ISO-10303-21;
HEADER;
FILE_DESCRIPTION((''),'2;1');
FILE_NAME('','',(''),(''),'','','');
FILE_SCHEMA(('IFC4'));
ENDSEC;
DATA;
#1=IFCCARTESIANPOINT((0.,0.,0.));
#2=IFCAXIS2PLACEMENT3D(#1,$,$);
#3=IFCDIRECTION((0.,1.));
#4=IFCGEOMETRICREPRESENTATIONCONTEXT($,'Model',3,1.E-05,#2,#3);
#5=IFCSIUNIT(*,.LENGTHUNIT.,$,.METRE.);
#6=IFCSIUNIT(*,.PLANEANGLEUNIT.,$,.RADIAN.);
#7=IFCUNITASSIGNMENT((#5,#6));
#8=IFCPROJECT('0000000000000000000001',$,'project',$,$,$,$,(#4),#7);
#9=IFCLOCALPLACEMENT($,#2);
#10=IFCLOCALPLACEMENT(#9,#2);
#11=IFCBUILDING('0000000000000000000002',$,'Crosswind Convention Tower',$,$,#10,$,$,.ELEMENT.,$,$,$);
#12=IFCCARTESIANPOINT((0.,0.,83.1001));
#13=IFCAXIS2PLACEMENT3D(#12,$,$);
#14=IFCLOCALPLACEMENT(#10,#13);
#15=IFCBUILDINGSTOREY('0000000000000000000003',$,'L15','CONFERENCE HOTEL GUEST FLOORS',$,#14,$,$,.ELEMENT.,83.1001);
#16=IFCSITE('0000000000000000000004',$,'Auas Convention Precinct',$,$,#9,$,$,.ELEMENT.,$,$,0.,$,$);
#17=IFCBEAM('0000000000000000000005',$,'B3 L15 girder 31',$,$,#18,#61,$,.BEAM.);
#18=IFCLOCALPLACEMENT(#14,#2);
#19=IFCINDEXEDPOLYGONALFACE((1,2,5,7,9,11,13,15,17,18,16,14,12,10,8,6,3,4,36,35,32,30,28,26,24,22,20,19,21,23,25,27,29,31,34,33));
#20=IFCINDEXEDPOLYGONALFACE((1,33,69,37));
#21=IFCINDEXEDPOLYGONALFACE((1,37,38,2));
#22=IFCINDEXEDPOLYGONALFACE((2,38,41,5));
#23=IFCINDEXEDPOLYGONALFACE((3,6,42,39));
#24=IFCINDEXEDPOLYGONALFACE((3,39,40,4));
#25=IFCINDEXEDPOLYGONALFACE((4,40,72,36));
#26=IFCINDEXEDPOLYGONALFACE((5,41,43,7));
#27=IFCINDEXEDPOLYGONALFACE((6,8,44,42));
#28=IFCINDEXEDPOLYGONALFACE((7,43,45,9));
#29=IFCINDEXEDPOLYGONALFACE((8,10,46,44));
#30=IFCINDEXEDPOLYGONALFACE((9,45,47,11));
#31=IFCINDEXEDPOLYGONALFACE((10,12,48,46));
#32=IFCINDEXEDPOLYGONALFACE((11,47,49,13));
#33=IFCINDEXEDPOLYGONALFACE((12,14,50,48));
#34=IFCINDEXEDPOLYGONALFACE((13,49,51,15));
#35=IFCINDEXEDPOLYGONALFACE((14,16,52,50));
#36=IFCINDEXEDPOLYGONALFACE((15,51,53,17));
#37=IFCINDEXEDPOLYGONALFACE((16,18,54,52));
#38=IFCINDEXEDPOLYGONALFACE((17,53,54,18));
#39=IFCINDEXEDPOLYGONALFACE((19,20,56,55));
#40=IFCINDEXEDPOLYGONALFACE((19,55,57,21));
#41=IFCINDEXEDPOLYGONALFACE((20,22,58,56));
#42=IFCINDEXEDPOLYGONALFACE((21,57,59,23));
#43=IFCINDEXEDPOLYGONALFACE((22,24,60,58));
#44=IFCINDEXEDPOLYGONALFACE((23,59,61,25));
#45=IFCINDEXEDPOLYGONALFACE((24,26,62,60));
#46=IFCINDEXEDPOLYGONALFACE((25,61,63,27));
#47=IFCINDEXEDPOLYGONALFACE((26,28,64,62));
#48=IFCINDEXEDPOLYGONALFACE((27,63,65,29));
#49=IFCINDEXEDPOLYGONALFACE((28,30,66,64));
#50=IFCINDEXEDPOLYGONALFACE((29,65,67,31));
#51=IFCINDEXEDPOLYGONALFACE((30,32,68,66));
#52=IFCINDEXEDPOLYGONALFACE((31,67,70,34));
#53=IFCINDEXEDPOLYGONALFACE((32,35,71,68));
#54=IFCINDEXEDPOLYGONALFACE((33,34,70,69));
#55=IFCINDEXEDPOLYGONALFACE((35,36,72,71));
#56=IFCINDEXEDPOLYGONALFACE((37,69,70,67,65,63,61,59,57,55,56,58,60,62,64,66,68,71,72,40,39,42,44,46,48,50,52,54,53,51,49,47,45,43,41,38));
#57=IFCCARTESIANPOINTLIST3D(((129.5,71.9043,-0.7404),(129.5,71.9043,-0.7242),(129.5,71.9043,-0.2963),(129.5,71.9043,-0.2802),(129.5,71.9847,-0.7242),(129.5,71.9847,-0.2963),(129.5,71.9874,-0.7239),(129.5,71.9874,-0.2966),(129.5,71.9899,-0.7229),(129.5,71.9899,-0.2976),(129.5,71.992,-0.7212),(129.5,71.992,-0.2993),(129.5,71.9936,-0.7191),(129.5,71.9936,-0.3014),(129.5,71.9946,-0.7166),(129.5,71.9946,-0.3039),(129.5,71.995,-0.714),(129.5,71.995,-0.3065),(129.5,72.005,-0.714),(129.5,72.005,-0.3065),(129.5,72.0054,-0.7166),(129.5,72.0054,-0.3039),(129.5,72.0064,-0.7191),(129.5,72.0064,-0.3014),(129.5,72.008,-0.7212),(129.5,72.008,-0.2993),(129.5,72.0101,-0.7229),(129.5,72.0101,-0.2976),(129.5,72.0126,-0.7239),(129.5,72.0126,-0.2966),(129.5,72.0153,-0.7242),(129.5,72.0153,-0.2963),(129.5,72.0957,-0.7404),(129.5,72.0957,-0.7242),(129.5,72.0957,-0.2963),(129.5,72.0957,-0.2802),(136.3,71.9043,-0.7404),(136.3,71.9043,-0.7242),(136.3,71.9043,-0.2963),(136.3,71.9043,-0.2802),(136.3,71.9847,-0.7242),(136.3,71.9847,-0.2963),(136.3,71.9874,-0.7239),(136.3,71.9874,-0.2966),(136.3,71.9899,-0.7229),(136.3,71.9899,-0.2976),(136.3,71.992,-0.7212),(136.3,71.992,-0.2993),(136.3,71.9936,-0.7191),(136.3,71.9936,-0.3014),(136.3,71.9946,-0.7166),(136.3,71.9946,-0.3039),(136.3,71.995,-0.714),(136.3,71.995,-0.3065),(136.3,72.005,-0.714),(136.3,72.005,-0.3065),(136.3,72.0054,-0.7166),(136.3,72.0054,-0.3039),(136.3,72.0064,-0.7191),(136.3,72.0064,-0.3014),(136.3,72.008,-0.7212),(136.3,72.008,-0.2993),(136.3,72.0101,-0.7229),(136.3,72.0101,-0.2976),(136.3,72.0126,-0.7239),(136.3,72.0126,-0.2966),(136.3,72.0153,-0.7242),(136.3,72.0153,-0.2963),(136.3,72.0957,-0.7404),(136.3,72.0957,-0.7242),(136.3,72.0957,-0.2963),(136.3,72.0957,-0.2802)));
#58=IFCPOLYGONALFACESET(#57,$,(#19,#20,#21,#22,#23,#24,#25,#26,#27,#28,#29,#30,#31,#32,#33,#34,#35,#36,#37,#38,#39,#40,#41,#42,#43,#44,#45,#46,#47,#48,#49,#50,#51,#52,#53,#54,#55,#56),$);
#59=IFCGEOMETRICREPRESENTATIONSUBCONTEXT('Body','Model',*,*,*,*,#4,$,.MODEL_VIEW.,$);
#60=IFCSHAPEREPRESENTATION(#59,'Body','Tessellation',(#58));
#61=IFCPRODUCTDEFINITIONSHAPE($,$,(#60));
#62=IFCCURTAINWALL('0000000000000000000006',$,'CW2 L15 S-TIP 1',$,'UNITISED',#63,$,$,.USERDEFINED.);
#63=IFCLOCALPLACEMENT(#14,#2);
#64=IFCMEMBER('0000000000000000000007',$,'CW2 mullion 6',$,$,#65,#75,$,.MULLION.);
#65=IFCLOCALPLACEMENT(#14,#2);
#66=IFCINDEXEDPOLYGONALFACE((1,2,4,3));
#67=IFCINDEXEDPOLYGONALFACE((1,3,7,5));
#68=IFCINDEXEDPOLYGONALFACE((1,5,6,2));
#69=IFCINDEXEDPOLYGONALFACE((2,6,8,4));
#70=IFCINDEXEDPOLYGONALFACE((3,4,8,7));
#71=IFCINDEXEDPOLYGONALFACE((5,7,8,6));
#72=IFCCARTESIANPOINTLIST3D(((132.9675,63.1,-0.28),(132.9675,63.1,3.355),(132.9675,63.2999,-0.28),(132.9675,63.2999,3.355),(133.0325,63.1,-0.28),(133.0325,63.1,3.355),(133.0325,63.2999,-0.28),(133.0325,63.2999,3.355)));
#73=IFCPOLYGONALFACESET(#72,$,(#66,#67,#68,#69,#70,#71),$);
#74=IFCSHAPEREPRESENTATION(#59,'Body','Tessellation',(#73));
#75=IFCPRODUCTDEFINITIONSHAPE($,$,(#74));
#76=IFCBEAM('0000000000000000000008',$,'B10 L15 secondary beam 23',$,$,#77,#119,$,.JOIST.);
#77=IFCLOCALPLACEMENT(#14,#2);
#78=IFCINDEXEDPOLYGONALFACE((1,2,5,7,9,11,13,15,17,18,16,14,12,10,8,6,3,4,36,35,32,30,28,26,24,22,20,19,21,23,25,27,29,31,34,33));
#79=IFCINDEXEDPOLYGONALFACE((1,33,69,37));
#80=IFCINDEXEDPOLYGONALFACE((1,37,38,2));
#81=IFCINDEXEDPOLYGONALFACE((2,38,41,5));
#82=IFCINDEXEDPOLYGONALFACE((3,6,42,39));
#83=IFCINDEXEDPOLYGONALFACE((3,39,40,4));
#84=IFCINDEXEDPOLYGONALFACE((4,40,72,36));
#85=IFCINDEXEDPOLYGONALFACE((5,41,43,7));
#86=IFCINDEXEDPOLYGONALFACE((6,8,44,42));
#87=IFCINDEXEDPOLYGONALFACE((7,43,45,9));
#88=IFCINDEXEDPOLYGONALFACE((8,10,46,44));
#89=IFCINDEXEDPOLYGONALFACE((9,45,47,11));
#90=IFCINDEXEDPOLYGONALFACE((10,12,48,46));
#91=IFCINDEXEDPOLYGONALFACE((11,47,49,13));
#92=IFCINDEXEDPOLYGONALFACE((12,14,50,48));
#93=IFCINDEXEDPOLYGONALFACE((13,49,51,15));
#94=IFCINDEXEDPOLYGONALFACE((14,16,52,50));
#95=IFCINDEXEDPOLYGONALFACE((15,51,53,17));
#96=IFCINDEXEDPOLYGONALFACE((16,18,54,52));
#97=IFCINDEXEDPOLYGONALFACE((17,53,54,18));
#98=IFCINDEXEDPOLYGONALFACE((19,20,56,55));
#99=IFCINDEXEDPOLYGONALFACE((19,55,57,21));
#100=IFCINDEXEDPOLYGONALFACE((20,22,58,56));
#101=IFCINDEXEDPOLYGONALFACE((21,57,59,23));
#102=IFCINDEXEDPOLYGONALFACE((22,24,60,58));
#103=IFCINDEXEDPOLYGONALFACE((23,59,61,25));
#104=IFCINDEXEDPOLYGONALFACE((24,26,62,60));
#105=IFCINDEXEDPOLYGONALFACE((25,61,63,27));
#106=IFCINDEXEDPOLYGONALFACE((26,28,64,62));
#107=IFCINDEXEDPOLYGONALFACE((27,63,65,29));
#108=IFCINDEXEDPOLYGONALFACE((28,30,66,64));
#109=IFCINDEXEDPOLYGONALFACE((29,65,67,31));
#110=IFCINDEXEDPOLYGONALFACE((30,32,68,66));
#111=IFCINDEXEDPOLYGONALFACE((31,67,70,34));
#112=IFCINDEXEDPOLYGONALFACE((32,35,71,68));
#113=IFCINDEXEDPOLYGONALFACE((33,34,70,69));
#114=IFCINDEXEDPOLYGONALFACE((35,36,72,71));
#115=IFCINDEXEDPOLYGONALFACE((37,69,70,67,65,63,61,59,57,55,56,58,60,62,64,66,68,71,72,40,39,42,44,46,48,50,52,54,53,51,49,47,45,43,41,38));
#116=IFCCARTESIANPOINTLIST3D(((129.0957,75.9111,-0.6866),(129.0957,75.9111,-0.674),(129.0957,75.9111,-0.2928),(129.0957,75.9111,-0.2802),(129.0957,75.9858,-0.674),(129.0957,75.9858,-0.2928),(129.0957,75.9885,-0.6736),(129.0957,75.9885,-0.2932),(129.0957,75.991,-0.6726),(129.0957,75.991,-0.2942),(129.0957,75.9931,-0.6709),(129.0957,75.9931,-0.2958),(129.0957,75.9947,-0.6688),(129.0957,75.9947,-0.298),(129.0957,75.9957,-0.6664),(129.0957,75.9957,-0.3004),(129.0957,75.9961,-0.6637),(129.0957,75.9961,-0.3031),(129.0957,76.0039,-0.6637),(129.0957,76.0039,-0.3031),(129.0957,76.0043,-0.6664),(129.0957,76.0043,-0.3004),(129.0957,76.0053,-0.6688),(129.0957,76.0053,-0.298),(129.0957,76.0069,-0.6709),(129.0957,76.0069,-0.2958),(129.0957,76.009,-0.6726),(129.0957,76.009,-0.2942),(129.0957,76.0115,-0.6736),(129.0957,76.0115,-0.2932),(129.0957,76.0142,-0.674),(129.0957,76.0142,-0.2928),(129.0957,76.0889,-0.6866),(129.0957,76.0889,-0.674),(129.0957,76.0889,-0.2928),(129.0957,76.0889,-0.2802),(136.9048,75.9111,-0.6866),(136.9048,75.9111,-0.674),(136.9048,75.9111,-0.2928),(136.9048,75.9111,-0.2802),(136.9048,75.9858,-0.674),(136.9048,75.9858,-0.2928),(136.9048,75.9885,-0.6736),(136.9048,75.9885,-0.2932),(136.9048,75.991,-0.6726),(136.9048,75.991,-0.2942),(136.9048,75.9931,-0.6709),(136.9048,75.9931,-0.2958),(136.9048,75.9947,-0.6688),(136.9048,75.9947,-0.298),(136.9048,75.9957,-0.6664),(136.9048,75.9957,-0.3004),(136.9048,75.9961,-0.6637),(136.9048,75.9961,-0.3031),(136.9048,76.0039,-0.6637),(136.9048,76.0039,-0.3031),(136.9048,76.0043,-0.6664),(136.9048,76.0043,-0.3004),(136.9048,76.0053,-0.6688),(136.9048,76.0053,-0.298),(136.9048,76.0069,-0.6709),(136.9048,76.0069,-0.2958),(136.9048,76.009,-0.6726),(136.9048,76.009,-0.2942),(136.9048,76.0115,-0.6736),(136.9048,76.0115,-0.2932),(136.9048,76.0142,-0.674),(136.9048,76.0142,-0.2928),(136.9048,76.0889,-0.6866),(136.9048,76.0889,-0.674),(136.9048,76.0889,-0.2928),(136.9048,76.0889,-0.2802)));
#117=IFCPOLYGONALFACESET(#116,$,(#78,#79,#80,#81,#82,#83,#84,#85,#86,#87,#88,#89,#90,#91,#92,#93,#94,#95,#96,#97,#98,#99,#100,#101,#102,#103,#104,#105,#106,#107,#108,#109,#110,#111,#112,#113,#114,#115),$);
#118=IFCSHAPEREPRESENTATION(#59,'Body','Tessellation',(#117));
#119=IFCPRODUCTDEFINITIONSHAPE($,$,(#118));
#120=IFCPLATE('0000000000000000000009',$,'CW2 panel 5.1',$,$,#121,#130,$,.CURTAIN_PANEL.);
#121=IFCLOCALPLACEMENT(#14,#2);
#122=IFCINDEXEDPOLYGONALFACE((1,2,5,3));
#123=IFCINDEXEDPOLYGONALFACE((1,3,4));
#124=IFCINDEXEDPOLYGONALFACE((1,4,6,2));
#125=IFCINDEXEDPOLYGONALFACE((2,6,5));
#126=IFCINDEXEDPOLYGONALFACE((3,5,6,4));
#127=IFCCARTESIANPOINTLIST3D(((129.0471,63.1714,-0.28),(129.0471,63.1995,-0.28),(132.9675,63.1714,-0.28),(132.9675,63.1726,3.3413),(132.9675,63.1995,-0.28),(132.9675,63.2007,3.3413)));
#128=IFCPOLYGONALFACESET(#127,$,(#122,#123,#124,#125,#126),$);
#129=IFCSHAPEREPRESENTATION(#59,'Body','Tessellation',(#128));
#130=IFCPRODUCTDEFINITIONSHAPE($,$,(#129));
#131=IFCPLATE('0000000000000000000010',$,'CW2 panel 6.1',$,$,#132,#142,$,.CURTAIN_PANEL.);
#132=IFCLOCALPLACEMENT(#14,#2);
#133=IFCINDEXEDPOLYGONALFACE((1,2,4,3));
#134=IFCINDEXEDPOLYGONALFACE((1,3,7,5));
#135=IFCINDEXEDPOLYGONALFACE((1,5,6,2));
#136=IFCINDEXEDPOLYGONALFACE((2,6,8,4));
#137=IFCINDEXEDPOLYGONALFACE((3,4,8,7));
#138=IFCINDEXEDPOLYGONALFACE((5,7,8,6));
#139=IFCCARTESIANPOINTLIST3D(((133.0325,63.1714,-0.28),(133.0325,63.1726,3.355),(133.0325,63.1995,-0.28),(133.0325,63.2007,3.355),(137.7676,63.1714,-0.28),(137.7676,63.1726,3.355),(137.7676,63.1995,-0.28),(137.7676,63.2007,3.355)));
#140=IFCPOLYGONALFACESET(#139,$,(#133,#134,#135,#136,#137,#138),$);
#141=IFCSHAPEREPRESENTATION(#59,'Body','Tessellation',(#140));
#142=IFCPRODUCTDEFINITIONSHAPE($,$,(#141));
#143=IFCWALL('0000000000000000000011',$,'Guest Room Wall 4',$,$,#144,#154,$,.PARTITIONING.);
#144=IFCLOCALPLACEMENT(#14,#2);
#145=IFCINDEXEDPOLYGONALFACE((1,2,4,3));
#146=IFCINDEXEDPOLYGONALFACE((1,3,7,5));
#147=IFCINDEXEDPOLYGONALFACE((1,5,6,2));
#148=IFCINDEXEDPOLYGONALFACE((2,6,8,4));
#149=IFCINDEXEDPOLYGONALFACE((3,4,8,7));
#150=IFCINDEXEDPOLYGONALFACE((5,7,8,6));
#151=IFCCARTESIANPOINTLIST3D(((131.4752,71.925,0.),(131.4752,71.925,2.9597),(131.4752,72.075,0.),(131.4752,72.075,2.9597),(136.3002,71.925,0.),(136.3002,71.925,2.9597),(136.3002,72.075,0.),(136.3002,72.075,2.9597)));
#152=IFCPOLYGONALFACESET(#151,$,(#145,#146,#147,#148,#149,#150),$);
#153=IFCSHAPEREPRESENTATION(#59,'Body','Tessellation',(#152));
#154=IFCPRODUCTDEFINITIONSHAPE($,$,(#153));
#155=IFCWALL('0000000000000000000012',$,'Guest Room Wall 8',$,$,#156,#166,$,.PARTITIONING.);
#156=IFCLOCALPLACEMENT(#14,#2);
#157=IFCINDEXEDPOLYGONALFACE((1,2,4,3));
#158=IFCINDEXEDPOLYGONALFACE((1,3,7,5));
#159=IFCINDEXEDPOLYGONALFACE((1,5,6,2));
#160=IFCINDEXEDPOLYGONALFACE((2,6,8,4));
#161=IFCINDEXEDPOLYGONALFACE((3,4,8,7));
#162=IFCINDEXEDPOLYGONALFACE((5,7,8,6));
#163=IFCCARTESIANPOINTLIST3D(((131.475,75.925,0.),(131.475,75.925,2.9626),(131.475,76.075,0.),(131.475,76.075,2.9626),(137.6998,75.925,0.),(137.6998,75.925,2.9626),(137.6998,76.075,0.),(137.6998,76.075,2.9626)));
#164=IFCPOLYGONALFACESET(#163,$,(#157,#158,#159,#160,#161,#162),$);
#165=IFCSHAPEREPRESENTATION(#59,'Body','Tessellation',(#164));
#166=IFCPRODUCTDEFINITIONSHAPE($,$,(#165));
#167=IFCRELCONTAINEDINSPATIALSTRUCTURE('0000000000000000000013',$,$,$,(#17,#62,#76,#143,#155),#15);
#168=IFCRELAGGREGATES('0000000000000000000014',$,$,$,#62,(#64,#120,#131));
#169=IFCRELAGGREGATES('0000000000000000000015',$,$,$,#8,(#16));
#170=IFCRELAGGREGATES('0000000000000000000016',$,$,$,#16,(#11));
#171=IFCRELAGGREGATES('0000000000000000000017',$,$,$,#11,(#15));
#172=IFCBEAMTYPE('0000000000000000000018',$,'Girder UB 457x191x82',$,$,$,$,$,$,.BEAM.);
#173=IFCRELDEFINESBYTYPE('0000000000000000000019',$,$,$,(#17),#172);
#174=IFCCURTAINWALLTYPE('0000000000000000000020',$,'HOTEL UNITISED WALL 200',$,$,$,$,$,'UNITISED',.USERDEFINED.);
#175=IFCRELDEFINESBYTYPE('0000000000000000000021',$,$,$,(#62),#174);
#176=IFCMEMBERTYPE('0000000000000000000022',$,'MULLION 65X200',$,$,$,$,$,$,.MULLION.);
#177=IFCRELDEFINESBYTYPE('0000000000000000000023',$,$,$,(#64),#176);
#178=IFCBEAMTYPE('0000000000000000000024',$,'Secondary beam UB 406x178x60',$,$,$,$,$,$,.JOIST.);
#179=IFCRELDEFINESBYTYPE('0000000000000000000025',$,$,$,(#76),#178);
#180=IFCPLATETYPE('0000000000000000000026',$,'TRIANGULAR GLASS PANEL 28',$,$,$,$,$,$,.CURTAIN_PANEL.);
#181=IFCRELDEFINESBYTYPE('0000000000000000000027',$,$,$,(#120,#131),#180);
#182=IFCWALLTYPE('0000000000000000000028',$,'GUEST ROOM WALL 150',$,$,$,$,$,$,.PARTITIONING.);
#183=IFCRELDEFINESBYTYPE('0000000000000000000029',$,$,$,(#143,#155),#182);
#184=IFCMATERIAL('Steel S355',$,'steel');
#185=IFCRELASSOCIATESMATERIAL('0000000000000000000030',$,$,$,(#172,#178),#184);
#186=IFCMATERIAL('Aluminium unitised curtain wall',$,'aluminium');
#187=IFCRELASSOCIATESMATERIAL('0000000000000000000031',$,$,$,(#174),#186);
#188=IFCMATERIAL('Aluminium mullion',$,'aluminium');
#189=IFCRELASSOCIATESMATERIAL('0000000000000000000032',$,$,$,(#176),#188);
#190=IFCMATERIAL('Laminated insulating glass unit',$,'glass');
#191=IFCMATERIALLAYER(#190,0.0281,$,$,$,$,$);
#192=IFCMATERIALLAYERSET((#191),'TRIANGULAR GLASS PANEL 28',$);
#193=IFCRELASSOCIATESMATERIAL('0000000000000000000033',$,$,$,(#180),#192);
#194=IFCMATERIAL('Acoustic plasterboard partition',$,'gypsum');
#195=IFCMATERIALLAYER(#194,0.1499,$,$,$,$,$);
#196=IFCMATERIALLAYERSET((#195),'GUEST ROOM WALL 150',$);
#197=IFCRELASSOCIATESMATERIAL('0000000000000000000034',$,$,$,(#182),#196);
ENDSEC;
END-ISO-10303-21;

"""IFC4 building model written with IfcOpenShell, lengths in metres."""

from ifc_helpers import new_model, si_unit, direction, frame, frame_2d, origin, origin_2d, place, context, subcontext, project, spatial, polyline, rectangle, i_section, outline, extrude, material, layer, layer_set, material_profile, profile_set, type_object, element, aggregate, save


model = new_model("IFC4")

# Units and contexts
model_context = context("Model", 3, precision=1e-05, world=origin(), true_north=direction((0.0, 1.0)))
body_context = subcontext(model_context, "Body", "Model", "MODEL_VIEW")
ifc_project = project(units=[si_unit("LENGTHUNIT", "METRE"), si_unit("PLANEANGLEUNIT", "RADIAN")], contexts=[model_context])

# Site, building, storey
site_placement = place(None, origin())
site = spatial("IfcSite", under=ifc_project, at=site_placement, Name="Auas Convention Precinct", CompositionType="ELEMENT", RefElevation=0.0)
building_placement = place(site_placement, origin())
building = spatial("IfcBuilding", under=site, at=building_placement, Name="Crosswind Convention Tower", CompositionType="ELEMENT")
storey_placement = place(building_placement, frame((0.0, 0.0, 83.1001)))
storey = spatial("IfcBuildingStorey", under=building, at=storey_placement, Name="L15", Description="CONFERENCE HOTEL GUEST FLOORS", CompositionType="ELEMENT", Elevation=83.1001)

# Beam
ifc_material_1 = material(Name="Steel S355", Category="steel")
ifc_material_profile_1 = material_profile(ifc_material_1, i_section(OverallWidth=0.1914, OverallDepth=0.4602, WebThickness=0.01, FlangeThickness=0.0161, FilletRadius=0.0103, at=origin_2d()), Name="UB 457x191x82")
ifc_profile_set_1 = profile_set([ifc_material_profile_1], Name="Steel S355")
beam_type_1 = type_object("IfcBeamType", Name="Girder UB 457x191x82", PredefinedType="BEAM", material=ifc_profile_set_1)
beam_1_placement = place(storey_placement, frame((129.5, 72.0, -0.5103), z_axis=(1.0, 0.0, 0.0), x_axis=(0.0, 1.0, 0.0)))
element("IfcBeam", 1, at=beam_1_placement, inside=storey, type_object=beam_type_1, Name="B3 L15 girder 31", PredefinedType="BEAM", context=body_context, shape_type="SweptSolid", body=[
    extrude(i_section(OverallWidth=0.1914, OverallDepth=0.4602, WebThickness=0.01, FlangeThickness=0.0161, FilletRadius=0.0103, at=origin_2d()), origin(), (0.0, 0.0, 1.0), 6.8),
])

# Curtain wall, member
ifc_material_2 = material(Name="Aluminium unitised curtain wall", Category="aluminium")
curtain_wall_type = type_object("IfcCurtainWallType", Name="HOTEL UNITISED WALL 200", ElementType="UNITISED", PredefinedType="USERDEFINED", material=ifc_material_2)
curtain_wall_placement = place(storey_placement, origin())
curtain_wall = element("IfcCurtainWall", 2, at=curtain_wall_placement, inside=storey, type_object=curtain_wall_type, Name="CW2 L15 S-TIP 1", ObjectType="UNITISED", PredefinedType="USERDEFINED")
ifc_material_3 = material(Name="Aluminium mullion", Category="aluminium")
ifc_material_profile_2 = material_profile(ifc_material_3, rectangle(XDim=0.2, YDim=0.0649, at=origin_2d()), Name="AL 200X65")
ifc_profile_set_2 = profile_set([ifc_material_profile_2], Name="Aluminium mullion")
member_type = type_object("IfcMemberType", Name="MULLION 65X200", PredefinedType="MULLION", material=ifc_profile_set_2)
member_placement = place(storey_placement, frame((133.0, 63.2, -0.28), z_axis=(0.0, 0.0, 1.0), x_axis=(0.0, -1.0, 0.0)))
member = element("IfcMember", 3, at=member_placement, type_object=member_type, Name="CW2 mullion 6", PredefinedType="MULLION", context=body_context, shape_type="SweptSolid", body=[
    extrude(rectangle(XDim=0.2, YDim=0.0649, at=origin_2d()), origin(), (0.0, 0.0, 1.0), 3.635),
])

# Beam
ifc_material_profile_3 = material_profile(ifc_material_1, i_section(OverallWidth=0.1777, OverallDepth=0.4065, WebThickness=0.0078, FlangeThickness=0.0127, FilletRadius=0.0103, at=origin_2d()), Name="UB 406x178x60")
ifc_profile_set_3 = profile_set([ifc_material_profile_3], Name="Steel S355")
beam_type_2 = type_object("IfcBeamType", Name="Secondary beam UB 406x178x60", PredefinedType="JOIST", material=ifc_profile_set_3)
beam_2_placement = place(storey_placement, frame((129.0957, 76.0, -0.4834), z_axis=(1.0, 0.0, 0.0), x_axis=(0.0, 1.0, 0.0)))
element("IfcBeam", 4, at=beam_2_placement, inside=storey, type_object=beam_type_2, Name="B10 L15 secondary beam 23", PredefinedType="JOIST", context=body_context, shape_type="SweptSolid", body=[
    extrude(i_section(OverallWidth=0.1777, OverallDepth=0.4065, WebThickness=0.0078, FlangeThickness=0.0127, FilletRadius=0.0103, at=origin_2d()), origin(), (0.0, 0.0, 1.0), 7.8091),
])

# Plates
ifc_material_4 = material(Name="Laminated insulating glass unit", Category="glass")
ifc_layer_1 = layer(ifc_material_4, 0.0281)
ifc_layer_set_1 = layer_set([ifc_layer_1], Name="TRIANGULAR GLASS PANEL 28")
plate_type = type_object("IfcPlateType", Name="TRIANGULAR GLASS PANEL 28", PredefinedType="CURTAIN_PANEL", material=ifc_layer_set_1)
plate_1_placement = place(storey_placement, frame((132.9675, 63.1714, -0.28), z_axis=(0.0, -1.0, 0.000337), x_axis=(0.0, 0.000337, 1.0)))
plate_1 = element("IfcPlate", 5, at=plate_1_placement, type_object=plate_type, Name="CW2 panel 5.1", PredefinedType="CURTAIN_PANEL", context=body_context, shape_type="SweptSolid", body=[
    extrude(outline(polyline([(0.0, 0.0), (3.6213, 0.0), (0.0, 3.9204), (0.0, 0.0)])), origin(), (0.0, 0.0, -1.0), 0.0281),
])
plate_2_placement = place(storey_placement, frame((133.0325, 63.1714, -0.28), z_axis=(0.0, -1.0, 0.000336), x_axis=(1.0, 0.0, 0.0)))
plate_2 = element("IfcPlate", 6, at=plate_2_placement, type_object=plate_type, Name="CW2 panel 6.1", PredefinedType="CURTAIN_PANEL", context=body_context, shape_type="SweptSolid", body=[
    extrude(outline(polyline([(0.0, 0.0), (4.7351, 0.0), (4.7351, 3.635), (0.0, 3.635), (0.0, 0.0)])), origin(), (0.0, 0.0, -1.0), 0.0281),
])
aggregate(curtain_wall, [member, plate_1, plate_2])

# Walls
ifc_material_5 = material(Name="Acoustic plasterboard partition", Category="gypsum")
ifc_layer_2 = layer(ifc_material_5, 0.1499)
ifc_layer_set_2 = layer_set([ifc_layer_2], Name="GUEST ROOM WALL 150")
wall_type_1 = type_object("IfcWallType", Name="GUEST ROOM WALL 150", PredefinedType="PARTITIONING", material=ifc_layer_set_2)
wall_1_placement = place(storey_placement, frame((131.4751, 72.0, 0.0), z_axis=(0.0, 0.0, 1.0), x_axis=(1.0, 0.0, 0.0)))
element("IfcWall", 7, at=wall_1_placement, inside=storey, type_object=wall_type_1, Name="Guest Room Wall 4", PredefinedType="PARTITIONING", context=body_context, shape_type="SweptSolid", body=[
    extrude(rectangle(XDim=4.825, YDim=0.1499, at=frame_2d((2.4126, 0.0))), origin(), (0.0, 0.0, 1.0), 2.9597),
])
wall_2_placement = place(storey_placement, frame((131.4751, 76.0, 0.0), z_axis=(0.0, 0.0, 1.0), x_axis=(1.0, 0.0, 0.0)))
element("IfcWall", 8, at=wall_2_placement, inside=storey, type_object=wall_type_1, Name="Guest Room Wall 8", PredefinedType="PARTITIONING", context=body_context, shape_type="SweptSolid", body=[
    extrude(rectangle(XDim=6.2249, YDim=0.1499, at=frame_2d((3.1123, 0.0))), origin(), (0.0, 0.0, 1.0), 2.9626),
])

save(model, "model.ifc")
